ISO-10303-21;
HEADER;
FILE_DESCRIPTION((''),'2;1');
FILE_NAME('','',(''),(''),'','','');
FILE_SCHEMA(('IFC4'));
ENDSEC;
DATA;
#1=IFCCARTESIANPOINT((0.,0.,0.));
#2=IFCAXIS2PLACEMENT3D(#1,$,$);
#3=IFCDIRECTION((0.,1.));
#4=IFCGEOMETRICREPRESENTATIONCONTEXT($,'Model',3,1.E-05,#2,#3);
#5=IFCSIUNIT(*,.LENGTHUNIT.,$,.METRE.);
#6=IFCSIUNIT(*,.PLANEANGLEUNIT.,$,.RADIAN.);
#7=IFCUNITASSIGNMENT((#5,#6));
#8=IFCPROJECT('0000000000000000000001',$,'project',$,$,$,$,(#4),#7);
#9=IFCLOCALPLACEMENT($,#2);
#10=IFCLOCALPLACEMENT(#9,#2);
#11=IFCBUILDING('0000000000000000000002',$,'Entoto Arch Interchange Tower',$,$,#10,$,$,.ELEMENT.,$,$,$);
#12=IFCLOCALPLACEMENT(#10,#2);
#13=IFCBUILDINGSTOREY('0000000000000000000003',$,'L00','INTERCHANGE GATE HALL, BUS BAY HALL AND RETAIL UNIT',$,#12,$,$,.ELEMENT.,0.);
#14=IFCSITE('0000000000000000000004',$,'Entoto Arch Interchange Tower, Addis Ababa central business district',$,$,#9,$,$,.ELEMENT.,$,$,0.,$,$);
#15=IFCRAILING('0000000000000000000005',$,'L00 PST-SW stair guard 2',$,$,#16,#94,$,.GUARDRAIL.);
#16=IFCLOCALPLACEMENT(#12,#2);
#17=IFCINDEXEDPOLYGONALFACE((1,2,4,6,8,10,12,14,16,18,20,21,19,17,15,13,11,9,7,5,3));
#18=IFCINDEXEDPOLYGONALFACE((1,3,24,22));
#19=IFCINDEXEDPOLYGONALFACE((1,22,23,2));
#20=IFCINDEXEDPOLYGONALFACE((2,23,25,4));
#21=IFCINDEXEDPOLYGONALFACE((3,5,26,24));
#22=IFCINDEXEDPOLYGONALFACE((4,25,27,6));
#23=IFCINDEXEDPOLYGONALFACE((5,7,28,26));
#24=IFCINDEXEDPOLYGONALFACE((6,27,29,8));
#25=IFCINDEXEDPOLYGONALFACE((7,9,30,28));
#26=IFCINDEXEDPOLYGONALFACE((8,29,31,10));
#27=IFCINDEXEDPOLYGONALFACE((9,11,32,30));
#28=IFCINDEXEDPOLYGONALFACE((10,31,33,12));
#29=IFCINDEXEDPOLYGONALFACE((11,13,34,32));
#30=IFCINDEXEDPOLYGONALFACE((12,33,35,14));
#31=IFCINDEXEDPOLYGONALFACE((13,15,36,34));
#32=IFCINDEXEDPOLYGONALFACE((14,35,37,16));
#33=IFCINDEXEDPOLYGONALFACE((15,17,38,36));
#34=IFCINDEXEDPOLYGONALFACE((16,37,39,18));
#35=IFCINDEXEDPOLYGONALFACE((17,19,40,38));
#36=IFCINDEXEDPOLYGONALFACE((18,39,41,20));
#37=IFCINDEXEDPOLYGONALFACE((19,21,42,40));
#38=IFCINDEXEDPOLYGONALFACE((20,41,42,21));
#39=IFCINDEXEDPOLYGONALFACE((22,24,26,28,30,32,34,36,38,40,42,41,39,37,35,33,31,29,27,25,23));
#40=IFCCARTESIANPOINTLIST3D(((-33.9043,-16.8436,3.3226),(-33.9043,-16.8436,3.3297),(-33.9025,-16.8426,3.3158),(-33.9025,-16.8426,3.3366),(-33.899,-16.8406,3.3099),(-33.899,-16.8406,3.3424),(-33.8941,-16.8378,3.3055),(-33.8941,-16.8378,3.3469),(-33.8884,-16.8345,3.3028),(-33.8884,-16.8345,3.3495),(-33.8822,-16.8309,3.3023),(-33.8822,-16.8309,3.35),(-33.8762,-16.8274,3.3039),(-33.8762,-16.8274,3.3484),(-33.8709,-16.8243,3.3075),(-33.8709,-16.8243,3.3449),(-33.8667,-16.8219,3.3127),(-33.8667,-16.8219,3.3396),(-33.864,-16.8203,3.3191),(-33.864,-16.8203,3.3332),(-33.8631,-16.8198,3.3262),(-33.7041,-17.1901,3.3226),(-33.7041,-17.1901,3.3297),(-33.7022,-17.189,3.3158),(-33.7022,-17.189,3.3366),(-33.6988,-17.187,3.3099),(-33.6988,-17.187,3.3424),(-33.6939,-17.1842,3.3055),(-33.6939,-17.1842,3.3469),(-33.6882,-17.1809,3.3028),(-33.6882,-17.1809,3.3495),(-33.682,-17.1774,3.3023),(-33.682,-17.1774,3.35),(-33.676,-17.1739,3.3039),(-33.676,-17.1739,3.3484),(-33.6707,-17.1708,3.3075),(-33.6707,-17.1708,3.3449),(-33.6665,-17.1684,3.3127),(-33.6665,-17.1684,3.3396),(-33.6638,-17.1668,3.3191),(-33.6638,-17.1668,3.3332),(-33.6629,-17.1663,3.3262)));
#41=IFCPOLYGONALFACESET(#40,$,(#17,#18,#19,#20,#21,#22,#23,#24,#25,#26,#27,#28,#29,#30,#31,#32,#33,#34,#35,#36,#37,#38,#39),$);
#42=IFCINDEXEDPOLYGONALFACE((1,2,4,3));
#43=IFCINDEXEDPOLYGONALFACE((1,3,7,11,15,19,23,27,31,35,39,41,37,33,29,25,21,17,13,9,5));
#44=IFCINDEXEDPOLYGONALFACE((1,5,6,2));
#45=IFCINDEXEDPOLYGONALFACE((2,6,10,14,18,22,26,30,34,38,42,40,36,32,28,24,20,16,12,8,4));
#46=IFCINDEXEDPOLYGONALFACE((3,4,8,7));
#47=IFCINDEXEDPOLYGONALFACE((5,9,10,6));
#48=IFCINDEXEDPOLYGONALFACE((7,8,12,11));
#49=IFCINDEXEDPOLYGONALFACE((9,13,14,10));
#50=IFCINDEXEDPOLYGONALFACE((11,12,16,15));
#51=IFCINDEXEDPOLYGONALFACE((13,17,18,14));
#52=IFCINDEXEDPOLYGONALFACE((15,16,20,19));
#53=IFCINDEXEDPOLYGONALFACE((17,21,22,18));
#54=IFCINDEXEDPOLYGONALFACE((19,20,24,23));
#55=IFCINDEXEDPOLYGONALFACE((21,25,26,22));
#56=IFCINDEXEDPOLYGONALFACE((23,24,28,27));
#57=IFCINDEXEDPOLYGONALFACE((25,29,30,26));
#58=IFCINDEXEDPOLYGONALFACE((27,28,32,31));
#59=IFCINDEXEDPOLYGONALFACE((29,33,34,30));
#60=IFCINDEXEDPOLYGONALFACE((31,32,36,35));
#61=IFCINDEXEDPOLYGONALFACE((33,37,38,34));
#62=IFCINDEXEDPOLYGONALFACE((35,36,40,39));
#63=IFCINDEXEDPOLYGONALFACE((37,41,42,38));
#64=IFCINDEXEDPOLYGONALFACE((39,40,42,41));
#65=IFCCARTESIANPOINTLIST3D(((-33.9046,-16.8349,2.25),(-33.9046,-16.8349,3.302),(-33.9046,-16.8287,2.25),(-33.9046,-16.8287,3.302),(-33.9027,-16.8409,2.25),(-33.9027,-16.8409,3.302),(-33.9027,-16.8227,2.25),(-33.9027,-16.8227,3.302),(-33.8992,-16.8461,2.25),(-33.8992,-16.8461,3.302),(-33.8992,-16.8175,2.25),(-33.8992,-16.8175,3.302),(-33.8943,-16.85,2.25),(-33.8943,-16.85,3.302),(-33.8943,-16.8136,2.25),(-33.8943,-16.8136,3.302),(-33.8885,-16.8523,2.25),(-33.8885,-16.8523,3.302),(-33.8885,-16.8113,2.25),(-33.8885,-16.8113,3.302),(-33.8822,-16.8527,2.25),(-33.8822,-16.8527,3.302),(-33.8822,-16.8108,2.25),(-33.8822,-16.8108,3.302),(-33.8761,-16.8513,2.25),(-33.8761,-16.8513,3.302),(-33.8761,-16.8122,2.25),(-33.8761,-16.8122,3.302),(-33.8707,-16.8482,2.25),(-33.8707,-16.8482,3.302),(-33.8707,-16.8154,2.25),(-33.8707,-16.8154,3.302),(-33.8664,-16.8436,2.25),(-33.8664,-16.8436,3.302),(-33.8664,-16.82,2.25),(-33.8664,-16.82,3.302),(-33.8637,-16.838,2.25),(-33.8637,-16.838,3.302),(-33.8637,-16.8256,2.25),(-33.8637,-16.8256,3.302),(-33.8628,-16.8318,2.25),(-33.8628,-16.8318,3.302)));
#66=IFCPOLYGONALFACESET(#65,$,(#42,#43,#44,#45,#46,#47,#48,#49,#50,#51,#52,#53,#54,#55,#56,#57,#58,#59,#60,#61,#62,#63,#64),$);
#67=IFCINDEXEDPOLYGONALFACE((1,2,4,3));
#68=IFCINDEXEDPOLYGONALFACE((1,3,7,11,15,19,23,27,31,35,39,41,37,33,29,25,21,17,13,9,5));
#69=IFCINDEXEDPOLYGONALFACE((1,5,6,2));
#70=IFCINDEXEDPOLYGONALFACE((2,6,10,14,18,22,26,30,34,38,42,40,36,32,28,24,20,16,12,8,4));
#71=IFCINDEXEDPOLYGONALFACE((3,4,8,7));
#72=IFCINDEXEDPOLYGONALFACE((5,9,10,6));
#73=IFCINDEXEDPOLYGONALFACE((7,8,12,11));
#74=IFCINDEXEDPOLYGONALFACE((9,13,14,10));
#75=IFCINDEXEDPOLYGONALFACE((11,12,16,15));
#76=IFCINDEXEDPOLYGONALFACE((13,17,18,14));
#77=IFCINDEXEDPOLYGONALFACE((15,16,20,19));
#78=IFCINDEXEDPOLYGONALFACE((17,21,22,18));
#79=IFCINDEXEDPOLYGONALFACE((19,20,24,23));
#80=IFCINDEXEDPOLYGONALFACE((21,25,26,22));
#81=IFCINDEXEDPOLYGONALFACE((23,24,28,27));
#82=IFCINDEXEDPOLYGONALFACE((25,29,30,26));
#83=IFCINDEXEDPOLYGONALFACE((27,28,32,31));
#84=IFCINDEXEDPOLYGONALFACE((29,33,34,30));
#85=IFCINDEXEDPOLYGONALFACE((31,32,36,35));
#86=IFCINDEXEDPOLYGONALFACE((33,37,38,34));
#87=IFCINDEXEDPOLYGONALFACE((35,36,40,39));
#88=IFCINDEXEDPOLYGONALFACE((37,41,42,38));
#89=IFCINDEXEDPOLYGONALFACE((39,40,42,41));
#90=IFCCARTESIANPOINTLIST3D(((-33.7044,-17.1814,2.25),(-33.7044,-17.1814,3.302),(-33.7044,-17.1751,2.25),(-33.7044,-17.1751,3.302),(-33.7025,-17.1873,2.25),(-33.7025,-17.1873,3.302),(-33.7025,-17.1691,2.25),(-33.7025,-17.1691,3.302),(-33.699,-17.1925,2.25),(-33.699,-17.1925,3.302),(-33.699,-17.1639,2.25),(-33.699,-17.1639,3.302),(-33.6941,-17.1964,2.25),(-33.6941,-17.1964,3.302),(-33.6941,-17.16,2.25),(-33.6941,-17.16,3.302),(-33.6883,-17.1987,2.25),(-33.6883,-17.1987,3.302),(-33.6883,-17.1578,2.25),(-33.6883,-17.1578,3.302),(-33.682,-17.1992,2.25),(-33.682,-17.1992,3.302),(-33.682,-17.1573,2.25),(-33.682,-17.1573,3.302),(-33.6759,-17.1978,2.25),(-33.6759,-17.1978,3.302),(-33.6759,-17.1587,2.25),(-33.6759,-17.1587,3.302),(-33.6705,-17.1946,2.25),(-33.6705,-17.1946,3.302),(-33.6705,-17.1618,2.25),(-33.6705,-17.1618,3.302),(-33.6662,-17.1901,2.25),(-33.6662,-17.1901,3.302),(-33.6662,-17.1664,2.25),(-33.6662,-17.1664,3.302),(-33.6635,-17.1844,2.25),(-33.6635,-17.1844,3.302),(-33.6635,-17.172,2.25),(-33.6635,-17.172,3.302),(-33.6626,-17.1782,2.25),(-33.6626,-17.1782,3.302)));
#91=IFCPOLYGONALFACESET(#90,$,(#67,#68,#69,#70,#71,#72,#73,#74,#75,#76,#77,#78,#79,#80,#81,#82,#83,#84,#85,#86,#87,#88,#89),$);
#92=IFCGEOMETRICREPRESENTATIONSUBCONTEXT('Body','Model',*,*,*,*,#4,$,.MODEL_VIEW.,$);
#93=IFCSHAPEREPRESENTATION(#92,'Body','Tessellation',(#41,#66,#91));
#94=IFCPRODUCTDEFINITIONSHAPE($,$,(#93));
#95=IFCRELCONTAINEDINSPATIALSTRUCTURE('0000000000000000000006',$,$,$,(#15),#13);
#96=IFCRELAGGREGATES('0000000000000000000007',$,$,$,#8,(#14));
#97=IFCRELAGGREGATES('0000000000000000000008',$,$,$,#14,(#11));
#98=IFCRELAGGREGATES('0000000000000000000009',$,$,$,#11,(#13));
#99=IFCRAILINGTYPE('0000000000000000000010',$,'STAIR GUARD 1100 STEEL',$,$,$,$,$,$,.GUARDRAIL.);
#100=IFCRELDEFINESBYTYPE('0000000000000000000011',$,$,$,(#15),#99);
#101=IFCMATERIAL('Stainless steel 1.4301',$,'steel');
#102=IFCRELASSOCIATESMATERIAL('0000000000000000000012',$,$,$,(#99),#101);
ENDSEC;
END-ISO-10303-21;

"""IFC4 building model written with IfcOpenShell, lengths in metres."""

from ifc_helpers import new_model, si_unit, direction, frame, origin, origin_2d, place, context, subcontext, project, spatial, circle, extrude, material, type_object, element, save


model = new_model("IFC4")

# Units and contexts
model_context = context("Model", 3, precision=1e-05, world=origin(), true_north=direction((0.0, 1.0)))
body_context = subcontext(model_context, "Body", "Model", "MODEL_VIEW")
ifc_project = project(units=[si_unit("LENGTHUNIT", "METRE"), si_unit("PLANEANGLEUNIT", "RADIAN")], contexts=[model_context])

# Site, building, storey
site_placement = place(None, origin())
site = spatial("IfcSite", under=ifc_project, at=site_placement, Name="Entoto Arch Interchange Tower, Addis Ababa central business district", CompositionType="ELEMENT", RefElevation=0.0)
building_placement = place(site_placement, origin())
building = spatial("IfcBuilding", under=site, at=building_placement, Name="Entoto Arch Interchange Tower", CompositionType="ELEMENT")
storey_placement = place(building_placement, origin())
storey = spatial("IfcBuildingStorey", under=building, at=storey_placement, Name="L00", Description="INTERCHANGE GATE HALL, BUS BAY HALL AND RETAIL UNIT", CompositionType="ELEMENT", Elevation=0.0)

# Railing
ifc_material_1 = material(Name="Stainless steel 1.4301", Category="steel")
railing_type_1 = type_object("IfcRailingType", Name="STAIR GUARD 1100 STEEL", PredefinedType="GUARDRAIL", material=ifc_material_1)
railing_1_placement = place(storey_placement, frame((-33.8838, -16.8318, 2.25)))
element("IfcRailing", 1, at=railing_1_placement, inside=storey, type_object=railing_type_1, Name="L00 PST-SW stair guard 2", PredefinedType="GUARDRAIL", context=body_context, shape_type="SweptSolid", body=[
    extrude(circle(Radius=0.0239, at=origin_2d()), frame((0.0, 0.0, 1.0762), z_axis=(0.500339, -0.86583, 0.0), x_axis=(0.86583, 0.500339, 0.0)), (0.0, 0.0, 1.0), 0.4001),
    extrude(circle(Radius=0.021, at=origin_2d()), origin(), (0.0, 0.0, 1.0), 1.052),
    extrude(circle(Radius=0.021, at=origin_2d()), frame((0.2002, -0.3464, 0.0)), (0.0, 0.0, 1.0), 1.052),
])

save(model, "model.ifc")
